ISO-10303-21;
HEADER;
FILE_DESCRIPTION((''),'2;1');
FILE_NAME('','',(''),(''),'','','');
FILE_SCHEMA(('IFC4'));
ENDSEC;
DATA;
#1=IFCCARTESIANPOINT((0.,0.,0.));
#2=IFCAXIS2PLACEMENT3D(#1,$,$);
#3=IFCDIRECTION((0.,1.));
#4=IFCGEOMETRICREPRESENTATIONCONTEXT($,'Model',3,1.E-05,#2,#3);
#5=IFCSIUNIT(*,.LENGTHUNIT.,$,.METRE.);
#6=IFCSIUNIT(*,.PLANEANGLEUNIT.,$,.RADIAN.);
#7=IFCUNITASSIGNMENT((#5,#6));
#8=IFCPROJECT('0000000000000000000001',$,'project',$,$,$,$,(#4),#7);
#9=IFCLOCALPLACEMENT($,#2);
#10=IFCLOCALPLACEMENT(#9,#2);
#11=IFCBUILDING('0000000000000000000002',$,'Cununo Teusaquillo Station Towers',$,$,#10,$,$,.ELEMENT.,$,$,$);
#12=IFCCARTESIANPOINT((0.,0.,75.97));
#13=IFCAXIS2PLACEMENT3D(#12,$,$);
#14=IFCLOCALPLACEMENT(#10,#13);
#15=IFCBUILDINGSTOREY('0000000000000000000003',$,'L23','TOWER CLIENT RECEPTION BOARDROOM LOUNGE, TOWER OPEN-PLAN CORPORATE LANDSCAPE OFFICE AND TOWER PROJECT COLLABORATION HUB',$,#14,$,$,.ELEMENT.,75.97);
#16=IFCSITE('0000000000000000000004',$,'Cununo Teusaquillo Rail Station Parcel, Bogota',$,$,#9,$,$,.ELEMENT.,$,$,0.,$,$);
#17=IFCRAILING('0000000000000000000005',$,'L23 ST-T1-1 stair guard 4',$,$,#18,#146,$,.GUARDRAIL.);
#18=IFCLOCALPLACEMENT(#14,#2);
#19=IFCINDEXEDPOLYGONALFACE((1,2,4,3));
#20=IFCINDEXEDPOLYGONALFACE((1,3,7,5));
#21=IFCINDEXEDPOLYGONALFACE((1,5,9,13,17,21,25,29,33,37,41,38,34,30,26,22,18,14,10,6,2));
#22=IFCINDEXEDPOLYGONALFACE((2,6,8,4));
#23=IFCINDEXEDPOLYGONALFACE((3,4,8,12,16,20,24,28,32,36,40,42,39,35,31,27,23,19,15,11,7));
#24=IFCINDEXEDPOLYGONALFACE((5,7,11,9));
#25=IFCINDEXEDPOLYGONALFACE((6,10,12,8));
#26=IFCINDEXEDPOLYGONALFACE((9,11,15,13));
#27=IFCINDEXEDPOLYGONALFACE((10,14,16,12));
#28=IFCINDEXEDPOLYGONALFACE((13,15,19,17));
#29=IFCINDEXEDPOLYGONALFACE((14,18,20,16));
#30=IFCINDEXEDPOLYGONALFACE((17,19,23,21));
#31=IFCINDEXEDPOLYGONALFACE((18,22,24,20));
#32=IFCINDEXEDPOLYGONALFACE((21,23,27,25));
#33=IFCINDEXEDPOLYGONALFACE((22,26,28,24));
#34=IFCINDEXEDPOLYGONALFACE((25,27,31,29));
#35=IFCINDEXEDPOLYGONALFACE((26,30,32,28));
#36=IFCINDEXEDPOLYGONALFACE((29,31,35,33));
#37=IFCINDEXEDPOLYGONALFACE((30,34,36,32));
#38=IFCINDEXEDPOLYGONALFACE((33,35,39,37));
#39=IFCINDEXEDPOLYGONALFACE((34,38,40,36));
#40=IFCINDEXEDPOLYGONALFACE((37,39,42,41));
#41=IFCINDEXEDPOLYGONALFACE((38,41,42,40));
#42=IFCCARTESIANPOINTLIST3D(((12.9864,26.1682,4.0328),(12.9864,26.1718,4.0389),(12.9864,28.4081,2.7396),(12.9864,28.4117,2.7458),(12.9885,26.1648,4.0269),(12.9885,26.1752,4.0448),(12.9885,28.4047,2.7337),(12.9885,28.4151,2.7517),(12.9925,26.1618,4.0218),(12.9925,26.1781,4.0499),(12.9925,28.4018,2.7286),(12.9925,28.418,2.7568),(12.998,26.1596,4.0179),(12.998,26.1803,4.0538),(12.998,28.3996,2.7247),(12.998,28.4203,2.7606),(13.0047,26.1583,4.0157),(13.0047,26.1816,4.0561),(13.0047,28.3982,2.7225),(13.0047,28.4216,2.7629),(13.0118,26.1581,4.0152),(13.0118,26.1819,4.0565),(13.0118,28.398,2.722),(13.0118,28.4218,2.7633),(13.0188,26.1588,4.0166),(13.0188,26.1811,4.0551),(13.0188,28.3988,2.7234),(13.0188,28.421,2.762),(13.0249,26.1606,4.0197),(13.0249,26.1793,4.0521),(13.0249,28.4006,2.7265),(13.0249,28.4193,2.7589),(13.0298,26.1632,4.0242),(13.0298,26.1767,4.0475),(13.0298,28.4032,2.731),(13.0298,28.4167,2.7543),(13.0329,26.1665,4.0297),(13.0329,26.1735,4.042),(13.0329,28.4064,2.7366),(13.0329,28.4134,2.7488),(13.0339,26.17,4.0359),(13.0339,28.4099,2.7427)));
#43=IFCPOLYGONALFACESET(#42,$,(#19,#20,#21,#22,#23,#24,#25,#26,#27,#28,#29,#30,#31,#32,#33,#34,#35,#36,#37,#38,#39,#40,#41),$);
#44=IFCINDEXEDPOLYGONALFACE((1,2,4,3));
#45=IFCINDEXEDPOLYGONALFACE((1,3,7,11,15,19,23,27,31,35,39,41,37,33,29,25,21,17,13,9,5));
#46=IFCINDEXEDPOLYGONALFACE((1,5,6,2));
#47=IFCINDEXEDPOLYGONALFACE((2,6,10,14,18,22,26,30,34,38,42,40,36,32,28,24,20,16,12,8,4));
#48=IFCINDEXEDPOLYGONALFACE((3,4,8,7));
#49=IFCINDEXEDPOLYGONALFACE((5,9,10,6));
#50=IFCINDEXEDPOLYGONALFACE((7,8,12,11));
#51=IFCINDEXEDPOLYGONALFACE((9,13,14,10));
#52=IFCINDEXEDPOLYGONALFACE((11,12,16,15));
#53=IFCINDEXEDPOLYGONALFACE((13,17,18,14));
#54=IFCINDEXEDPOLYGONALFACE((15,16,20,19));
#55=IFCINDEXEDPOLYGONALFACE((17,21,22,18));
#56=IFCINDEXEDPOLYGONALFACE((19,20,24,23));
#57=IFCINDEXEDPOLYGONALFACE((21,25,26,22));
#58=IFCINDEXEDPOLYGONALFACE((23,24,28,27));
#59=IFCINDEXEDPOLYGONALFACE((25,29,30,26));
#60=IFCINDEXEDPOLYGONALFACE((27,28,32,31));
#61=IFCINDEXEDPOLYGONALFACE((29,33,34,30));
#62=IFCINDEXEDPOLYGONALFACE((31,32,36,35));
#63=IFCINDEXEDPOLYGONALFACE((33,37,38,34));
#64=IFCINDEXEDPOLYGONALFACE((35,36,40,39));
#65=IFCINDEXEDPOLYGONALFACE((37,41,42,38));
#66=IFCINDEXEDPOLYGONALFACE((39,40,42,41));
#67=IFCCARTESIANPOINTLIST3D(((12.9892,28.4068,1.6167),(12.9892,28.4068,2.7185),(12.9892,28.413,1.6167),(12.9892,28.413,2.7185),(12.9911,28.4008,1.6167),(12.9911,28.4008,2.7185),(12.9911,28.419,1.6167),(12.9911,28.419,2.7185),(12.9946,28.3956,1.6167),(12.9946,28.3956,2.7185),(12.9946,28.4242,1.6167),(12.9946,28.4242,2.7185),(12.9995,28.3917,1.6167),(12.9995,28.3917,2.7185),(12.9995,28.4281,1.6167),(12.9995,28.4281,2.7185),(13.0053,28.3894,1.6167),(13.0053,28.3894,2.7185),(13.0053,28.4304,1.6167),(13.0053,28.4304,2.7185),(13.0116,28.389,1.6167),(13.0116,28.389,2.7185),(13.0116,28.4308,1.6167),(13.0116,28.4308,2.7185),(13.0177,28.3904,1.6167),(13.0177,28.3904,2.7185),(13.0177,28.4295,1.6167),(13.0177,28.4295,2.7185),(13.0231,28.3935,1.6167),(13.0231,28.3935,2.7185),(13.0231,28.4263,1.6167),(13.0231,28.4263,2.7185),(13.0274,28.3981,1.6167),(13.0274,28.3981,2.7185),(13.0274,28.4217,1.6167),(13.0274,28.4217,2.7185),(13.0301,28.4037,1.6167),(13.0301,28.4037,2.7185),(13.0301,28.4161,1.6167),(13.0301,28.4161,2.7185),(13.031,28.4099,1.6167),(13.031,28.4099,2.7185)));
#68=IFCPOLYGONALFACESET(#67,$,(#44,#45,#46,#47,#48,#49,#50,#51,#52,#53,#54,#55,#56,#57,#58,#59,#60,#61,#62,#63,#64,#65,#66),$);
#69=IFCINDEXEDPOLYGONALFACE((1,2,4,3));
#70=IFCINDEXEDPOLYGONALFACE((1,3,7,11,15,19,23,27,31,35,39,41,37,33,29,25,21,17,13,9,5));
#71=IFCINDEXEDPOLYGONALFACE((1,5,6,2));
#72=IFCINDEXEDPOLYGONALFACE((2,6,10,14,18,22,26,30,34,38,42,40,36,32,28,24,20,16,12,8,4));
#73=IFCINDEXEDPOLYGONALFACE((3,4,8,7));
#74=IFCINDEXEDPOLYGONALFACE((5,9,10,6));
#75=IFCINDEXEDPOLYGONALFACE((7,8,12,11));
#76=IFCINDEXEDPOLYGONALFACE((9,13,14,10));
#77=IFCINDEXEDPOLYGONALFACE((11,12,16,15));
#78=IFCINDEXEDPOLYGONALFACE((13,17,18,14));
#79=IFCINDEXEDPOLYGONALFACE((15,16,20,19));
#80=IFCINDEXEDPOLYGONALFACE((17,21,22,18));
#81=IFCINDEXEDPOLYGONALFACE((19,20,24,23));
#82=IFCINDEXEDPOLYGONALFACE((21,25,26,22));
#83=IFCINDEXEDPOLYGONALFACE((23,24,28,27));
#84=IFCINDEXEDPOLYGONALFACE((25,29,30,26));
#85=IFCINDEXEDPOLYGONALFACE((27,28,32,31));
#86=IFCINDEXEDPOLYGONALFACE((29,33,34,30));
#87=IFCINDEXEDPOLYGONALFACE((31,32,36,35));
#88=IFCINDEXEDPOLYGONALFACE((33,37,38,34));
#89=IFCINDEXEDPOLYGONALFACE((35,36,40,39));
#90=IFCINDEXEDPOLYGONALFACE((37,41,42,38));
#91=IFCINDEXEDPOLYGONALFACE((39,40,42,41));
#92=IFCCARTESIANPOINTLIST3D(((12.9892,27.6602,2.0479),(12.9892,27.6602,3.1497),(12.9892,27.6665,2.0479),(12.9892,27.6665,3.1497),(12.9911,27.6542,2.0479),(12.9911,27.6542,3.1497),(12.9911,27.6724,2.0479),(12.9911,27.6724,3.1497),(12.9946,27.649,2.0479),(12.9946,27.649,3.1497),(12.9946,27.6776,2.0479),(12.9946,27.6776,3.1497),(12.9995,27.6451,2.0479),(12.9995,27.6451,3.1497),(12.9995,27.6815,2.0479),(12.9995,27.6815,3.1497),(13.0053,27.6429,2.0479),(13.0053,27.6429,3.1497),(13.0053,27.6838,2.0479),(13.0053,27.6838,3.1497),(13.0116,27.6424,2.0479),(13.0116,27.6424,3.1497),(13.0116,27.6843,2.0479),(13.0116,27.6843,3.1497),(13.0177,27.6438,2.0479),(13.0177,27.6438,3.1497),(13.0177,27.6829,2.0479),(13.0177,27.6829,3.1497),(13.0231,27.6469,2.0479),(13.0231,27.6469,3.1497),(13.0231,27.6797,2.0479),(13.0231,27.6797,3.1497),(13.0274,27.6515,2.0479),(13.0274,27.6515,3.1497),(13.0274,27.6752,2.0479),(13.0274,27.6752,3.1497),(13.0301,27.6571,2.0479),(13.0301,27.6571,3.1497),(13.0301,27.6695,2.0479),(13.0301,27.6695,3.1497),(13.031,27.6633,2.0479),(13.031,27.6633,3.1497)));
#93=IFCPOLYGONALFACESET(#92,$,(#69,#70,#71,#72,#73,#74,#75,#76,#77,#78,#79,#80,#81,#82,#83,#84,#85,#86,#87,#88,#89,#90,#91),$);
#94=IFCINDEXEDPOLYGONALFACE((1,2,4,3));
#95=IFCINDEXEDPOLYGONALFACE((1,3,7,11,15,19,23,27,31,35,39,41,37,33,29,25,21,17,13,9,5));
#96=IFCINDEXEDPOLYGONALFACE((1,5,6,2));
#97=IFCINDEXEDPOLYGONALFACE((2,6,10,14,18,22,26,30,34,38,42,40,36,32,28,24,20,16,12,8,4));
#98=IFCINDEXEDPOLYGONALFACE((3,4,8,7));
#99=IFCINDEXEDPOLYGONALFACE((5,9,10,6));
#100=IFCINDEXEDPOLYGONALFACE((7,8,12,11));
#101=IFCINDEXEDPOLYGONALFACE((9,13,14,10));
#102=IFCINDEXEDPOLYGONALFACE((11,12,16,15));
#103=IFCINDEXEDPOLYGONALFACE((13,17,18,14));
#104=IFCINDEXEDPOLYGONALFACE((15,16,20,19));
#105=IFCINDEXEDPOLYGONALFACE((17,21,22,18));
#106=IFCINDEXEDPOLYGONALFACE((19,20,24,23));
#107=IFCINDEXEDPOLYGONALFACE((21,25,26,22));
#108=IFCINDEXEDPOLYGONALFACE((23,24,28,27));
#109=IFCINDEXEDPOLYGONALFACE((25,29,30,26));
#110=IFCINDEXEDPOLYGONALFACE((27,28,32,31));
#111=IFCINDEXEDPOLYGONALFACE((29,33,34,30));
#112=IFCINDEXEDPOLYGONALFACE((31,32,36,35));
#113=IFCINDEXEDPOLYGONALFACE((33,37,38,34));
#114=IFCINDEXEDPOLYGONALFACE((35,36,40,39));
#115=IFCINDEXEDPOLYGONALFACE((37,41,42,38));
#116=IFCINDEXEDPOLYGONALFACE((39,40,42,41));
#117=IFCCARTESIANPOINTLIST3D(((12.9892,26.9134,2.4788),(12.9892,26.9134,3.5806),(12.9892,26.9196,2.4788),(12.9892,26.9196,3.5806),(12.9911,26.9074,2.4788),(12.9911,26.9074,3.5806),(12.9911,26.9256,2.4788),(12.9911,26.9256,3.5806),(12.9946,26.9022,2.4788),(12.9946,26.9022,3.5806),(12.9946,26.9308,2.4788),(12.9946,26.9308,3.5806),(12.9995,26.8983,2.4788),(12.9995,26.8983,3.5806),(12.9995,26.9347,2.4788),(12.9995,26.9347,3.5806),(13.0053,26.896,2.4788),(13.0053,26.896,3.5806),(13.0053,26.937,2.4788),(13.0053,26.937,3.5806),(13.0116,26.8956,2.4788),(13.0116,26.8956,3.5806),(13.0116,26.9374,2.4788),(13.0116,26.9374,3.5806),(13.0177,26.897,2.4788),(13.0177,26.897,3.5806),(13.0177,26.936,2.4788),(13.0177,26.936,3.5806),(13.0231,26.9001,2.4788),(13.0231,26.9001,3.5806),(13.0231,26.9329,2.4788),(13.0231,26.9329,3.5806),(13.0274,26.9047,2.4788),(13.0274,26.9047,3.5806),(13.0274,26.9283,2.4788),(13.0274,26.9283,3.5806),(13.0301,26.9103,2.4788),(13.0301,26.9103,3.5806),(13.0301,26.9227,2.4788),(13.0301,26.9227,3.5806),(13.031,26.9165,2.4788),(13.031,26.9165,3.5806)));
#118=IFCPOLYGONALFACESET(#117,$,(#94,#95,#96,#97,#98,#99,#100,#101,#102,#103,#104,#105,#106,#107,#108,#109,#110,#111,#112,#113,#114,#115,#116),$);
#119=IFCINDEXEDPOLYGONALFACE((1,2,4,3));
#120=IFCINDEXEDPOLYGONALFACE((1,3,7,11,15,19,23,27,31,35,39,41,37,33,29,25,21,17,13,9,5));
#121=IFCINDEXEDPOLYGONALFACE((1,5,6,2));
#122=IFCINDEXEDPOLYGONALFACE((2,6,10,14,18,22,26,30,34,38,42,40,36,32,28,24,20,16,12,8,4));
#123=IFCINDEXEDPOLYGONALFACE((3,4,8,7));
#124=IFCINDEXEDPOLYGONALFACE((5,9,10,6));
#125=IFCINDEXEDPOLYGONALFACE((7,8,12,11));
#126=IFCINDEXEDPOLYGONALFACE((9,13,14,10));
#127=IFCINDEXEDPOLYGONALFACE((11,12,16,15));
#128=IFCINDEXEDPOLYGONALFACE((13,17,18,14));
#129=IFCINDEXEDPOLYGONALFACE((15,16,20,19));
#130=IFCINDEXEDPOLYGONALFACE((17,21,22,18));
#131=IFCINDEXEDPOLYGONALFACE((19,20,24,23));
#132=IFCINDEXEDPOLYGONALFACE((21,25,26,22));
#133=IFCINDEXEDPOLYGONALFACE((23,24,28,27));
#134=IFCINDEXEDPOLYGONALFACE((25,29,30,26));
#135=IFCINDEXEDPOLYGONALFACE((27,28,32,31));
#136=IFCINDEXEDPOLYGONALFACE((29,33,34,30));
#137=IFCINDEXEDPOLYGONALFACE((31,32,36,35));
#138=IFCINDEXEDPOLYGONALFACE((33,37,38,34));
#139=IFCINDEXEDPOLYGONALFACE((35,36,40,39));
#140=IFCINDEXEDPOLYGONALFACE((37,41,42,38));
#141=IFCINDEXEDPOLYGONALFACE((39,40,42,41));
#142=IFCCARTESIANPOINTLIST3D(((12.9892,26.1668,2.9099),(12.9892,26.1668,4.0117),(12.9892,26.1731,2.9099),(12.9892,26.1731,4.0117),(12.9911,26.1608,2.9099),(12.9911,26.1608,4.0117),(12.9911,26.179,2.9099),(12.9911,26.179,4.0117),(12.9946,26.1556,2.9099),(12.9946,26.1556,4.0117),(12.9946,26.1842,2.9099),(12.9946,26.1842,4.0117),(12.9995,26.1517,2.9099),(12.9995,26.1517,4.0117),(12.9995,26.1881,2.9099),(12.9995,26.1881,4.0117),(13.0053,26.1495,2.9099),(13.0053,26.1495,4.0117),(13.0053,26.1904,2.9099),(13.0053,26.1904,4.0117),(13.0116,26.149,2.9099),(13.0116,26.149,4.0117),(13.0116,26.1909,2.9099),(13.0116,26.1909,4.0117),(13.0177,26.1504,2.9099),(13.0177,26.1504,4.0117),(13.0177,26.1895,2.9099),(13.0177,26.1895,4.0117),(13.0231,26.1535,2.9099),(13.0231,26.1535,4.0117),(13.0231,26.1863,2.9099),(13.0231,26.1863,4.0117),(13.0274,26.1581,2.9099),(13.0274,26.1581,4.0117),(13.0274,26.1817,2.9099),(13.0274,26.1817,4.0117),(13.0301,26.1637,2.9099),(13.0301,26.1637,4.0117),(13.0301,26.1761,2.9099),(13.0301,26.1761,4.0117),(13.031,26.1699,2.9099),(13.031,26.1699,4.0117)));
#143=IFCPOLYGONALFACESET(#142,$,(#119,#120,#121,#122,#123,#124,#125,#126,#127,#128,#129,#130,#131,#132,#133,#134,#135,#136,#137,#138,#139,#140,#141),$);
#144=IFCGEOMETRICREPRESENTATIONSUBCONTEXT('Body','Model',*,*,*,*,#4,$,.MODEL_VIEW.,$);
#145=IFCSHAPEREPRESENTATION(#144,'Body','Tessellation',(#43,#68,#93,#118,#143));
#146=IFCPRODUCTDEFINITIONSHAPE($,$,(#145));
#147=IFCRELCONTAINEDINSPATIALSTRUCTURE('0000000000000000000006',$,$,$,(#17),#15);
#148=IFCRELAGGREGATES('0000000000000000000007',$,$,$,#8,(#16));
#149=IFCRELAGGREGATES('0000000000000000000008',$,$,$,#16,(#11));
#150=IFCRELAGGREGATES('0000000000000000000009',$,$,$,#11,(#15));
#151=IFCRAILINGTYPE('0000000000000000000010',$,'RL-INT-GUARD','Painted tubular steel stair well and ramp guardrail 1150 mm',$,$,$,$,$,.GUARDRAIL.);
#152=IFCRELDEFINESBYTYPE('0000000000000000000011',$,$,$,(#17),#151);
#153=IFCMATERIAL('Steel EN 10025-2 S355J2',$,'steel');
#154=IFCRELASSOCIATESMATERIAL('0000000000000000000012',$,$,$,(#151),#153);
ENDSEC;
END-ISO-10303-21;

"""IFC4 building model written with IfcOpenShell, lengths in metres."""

from ifc_helpers import new_model, si_unit, direction, frame, origin, origin_2d, place, context, subcontext, project, spatial, circle, extrude, material, type_object, element, save


model = new_model("IFC4")

# Units and contexts
model_context = context("Model", 3, precision=1e-05, world=origin(), true_north=direction((0.0, 1.0)))
body_context = subcontext(model_context, "Body", "Model", "MODEL_VIEW")
ifc_project = project(units=[si_unit("LENGTHUNIT", "METRE"), si_unit("PLANEANGLEUNIT", "RADIAN")], contexts=[model_context])

# Site, building, storey
site_placement = place(None, origin())
site = spatial("IfcSite", under=ifc_project, at=site_placement, Name="Cununo Teusaquillo Rail Station Parcel, Bogota", CompositionType="ELEMENT", RefElevation=0.0)
building_placement = place(site_placement, origin())
building = spatial("IfcBuilding", under=site, at=building_placement, Name="Cununo Teusaquillo Station Towers", CompositionType="ELEMENT")
storey_placement = place(building_placement, frame((0.0, 0.0, 75.97)))
storey = spatial("IfcBuildingStorey", under=building, at=storey_placement, Name="L23", Description="TOWER CLIENT RECEPTION BOARDROOM LOUNGE, TOWER OPEN-PLAN CORPORATE LANDSCAPE OFFICE AND TOWER PROJECT COLLABORATION HUB", CompositionType="ELEMENT", Elevation=75.97)

# Railing
ifc_material_1 = material(Name="Steel EN 10025-2 S355J2", Category="steel")
railing_type_1 = type_object("IfcRailingType", Name="RL-INT-GUARD", Description="Painted tubular steel stair well and ramp guardrail 1150 mm", PredefinedType="GUARDRAIL", material=ifc_material_1)
railing_1_placement = place(storey_placement, frame((13.01, 28.4099, 1.6167)))
element("IfcRailing", 1, at=railing_1_placement, inside=storey, type_object=railing_type_1, Name="L23 ST-T1-1 stair guard 4", PredefinedType="GUARDRAIL", context=body_context, shape_type="SweptSolid", body=[
    extrude(circle(Radius=0.0239, at=origin_2d()), frame((0.0, 0.0, 1.126), z_axis=(0.0, -0.866033, 0.499987), x_axis=(1.0, 0.0, 0.0)), (0.0, 0.0, 1.0), 2.5864),
    extrude(circle(Radius=0.021, at=origin_2d()), origin(), (0.0, 0.0, 1.0), 1.1018),
    extrude(circle(Radius=0.021, at=origin_2d()), frame((0.0, -0.7466, 0.4312)), (0.0, 0.0, 1.0), 1.1018),
    extrude(circle(Radius=0.021, at=origin_2d()), frame((0.0, -1.4934, 0.8621)), (0.0, 0.0, 1.0), 1.1018),
    extrude(circle(Radius=0.021, at=origin_2d()), frame((0.0, -2.24, 1.2932)), (0.0, 0.0, 1.0), 1.1018),
])

save(model, "model.ifc")
